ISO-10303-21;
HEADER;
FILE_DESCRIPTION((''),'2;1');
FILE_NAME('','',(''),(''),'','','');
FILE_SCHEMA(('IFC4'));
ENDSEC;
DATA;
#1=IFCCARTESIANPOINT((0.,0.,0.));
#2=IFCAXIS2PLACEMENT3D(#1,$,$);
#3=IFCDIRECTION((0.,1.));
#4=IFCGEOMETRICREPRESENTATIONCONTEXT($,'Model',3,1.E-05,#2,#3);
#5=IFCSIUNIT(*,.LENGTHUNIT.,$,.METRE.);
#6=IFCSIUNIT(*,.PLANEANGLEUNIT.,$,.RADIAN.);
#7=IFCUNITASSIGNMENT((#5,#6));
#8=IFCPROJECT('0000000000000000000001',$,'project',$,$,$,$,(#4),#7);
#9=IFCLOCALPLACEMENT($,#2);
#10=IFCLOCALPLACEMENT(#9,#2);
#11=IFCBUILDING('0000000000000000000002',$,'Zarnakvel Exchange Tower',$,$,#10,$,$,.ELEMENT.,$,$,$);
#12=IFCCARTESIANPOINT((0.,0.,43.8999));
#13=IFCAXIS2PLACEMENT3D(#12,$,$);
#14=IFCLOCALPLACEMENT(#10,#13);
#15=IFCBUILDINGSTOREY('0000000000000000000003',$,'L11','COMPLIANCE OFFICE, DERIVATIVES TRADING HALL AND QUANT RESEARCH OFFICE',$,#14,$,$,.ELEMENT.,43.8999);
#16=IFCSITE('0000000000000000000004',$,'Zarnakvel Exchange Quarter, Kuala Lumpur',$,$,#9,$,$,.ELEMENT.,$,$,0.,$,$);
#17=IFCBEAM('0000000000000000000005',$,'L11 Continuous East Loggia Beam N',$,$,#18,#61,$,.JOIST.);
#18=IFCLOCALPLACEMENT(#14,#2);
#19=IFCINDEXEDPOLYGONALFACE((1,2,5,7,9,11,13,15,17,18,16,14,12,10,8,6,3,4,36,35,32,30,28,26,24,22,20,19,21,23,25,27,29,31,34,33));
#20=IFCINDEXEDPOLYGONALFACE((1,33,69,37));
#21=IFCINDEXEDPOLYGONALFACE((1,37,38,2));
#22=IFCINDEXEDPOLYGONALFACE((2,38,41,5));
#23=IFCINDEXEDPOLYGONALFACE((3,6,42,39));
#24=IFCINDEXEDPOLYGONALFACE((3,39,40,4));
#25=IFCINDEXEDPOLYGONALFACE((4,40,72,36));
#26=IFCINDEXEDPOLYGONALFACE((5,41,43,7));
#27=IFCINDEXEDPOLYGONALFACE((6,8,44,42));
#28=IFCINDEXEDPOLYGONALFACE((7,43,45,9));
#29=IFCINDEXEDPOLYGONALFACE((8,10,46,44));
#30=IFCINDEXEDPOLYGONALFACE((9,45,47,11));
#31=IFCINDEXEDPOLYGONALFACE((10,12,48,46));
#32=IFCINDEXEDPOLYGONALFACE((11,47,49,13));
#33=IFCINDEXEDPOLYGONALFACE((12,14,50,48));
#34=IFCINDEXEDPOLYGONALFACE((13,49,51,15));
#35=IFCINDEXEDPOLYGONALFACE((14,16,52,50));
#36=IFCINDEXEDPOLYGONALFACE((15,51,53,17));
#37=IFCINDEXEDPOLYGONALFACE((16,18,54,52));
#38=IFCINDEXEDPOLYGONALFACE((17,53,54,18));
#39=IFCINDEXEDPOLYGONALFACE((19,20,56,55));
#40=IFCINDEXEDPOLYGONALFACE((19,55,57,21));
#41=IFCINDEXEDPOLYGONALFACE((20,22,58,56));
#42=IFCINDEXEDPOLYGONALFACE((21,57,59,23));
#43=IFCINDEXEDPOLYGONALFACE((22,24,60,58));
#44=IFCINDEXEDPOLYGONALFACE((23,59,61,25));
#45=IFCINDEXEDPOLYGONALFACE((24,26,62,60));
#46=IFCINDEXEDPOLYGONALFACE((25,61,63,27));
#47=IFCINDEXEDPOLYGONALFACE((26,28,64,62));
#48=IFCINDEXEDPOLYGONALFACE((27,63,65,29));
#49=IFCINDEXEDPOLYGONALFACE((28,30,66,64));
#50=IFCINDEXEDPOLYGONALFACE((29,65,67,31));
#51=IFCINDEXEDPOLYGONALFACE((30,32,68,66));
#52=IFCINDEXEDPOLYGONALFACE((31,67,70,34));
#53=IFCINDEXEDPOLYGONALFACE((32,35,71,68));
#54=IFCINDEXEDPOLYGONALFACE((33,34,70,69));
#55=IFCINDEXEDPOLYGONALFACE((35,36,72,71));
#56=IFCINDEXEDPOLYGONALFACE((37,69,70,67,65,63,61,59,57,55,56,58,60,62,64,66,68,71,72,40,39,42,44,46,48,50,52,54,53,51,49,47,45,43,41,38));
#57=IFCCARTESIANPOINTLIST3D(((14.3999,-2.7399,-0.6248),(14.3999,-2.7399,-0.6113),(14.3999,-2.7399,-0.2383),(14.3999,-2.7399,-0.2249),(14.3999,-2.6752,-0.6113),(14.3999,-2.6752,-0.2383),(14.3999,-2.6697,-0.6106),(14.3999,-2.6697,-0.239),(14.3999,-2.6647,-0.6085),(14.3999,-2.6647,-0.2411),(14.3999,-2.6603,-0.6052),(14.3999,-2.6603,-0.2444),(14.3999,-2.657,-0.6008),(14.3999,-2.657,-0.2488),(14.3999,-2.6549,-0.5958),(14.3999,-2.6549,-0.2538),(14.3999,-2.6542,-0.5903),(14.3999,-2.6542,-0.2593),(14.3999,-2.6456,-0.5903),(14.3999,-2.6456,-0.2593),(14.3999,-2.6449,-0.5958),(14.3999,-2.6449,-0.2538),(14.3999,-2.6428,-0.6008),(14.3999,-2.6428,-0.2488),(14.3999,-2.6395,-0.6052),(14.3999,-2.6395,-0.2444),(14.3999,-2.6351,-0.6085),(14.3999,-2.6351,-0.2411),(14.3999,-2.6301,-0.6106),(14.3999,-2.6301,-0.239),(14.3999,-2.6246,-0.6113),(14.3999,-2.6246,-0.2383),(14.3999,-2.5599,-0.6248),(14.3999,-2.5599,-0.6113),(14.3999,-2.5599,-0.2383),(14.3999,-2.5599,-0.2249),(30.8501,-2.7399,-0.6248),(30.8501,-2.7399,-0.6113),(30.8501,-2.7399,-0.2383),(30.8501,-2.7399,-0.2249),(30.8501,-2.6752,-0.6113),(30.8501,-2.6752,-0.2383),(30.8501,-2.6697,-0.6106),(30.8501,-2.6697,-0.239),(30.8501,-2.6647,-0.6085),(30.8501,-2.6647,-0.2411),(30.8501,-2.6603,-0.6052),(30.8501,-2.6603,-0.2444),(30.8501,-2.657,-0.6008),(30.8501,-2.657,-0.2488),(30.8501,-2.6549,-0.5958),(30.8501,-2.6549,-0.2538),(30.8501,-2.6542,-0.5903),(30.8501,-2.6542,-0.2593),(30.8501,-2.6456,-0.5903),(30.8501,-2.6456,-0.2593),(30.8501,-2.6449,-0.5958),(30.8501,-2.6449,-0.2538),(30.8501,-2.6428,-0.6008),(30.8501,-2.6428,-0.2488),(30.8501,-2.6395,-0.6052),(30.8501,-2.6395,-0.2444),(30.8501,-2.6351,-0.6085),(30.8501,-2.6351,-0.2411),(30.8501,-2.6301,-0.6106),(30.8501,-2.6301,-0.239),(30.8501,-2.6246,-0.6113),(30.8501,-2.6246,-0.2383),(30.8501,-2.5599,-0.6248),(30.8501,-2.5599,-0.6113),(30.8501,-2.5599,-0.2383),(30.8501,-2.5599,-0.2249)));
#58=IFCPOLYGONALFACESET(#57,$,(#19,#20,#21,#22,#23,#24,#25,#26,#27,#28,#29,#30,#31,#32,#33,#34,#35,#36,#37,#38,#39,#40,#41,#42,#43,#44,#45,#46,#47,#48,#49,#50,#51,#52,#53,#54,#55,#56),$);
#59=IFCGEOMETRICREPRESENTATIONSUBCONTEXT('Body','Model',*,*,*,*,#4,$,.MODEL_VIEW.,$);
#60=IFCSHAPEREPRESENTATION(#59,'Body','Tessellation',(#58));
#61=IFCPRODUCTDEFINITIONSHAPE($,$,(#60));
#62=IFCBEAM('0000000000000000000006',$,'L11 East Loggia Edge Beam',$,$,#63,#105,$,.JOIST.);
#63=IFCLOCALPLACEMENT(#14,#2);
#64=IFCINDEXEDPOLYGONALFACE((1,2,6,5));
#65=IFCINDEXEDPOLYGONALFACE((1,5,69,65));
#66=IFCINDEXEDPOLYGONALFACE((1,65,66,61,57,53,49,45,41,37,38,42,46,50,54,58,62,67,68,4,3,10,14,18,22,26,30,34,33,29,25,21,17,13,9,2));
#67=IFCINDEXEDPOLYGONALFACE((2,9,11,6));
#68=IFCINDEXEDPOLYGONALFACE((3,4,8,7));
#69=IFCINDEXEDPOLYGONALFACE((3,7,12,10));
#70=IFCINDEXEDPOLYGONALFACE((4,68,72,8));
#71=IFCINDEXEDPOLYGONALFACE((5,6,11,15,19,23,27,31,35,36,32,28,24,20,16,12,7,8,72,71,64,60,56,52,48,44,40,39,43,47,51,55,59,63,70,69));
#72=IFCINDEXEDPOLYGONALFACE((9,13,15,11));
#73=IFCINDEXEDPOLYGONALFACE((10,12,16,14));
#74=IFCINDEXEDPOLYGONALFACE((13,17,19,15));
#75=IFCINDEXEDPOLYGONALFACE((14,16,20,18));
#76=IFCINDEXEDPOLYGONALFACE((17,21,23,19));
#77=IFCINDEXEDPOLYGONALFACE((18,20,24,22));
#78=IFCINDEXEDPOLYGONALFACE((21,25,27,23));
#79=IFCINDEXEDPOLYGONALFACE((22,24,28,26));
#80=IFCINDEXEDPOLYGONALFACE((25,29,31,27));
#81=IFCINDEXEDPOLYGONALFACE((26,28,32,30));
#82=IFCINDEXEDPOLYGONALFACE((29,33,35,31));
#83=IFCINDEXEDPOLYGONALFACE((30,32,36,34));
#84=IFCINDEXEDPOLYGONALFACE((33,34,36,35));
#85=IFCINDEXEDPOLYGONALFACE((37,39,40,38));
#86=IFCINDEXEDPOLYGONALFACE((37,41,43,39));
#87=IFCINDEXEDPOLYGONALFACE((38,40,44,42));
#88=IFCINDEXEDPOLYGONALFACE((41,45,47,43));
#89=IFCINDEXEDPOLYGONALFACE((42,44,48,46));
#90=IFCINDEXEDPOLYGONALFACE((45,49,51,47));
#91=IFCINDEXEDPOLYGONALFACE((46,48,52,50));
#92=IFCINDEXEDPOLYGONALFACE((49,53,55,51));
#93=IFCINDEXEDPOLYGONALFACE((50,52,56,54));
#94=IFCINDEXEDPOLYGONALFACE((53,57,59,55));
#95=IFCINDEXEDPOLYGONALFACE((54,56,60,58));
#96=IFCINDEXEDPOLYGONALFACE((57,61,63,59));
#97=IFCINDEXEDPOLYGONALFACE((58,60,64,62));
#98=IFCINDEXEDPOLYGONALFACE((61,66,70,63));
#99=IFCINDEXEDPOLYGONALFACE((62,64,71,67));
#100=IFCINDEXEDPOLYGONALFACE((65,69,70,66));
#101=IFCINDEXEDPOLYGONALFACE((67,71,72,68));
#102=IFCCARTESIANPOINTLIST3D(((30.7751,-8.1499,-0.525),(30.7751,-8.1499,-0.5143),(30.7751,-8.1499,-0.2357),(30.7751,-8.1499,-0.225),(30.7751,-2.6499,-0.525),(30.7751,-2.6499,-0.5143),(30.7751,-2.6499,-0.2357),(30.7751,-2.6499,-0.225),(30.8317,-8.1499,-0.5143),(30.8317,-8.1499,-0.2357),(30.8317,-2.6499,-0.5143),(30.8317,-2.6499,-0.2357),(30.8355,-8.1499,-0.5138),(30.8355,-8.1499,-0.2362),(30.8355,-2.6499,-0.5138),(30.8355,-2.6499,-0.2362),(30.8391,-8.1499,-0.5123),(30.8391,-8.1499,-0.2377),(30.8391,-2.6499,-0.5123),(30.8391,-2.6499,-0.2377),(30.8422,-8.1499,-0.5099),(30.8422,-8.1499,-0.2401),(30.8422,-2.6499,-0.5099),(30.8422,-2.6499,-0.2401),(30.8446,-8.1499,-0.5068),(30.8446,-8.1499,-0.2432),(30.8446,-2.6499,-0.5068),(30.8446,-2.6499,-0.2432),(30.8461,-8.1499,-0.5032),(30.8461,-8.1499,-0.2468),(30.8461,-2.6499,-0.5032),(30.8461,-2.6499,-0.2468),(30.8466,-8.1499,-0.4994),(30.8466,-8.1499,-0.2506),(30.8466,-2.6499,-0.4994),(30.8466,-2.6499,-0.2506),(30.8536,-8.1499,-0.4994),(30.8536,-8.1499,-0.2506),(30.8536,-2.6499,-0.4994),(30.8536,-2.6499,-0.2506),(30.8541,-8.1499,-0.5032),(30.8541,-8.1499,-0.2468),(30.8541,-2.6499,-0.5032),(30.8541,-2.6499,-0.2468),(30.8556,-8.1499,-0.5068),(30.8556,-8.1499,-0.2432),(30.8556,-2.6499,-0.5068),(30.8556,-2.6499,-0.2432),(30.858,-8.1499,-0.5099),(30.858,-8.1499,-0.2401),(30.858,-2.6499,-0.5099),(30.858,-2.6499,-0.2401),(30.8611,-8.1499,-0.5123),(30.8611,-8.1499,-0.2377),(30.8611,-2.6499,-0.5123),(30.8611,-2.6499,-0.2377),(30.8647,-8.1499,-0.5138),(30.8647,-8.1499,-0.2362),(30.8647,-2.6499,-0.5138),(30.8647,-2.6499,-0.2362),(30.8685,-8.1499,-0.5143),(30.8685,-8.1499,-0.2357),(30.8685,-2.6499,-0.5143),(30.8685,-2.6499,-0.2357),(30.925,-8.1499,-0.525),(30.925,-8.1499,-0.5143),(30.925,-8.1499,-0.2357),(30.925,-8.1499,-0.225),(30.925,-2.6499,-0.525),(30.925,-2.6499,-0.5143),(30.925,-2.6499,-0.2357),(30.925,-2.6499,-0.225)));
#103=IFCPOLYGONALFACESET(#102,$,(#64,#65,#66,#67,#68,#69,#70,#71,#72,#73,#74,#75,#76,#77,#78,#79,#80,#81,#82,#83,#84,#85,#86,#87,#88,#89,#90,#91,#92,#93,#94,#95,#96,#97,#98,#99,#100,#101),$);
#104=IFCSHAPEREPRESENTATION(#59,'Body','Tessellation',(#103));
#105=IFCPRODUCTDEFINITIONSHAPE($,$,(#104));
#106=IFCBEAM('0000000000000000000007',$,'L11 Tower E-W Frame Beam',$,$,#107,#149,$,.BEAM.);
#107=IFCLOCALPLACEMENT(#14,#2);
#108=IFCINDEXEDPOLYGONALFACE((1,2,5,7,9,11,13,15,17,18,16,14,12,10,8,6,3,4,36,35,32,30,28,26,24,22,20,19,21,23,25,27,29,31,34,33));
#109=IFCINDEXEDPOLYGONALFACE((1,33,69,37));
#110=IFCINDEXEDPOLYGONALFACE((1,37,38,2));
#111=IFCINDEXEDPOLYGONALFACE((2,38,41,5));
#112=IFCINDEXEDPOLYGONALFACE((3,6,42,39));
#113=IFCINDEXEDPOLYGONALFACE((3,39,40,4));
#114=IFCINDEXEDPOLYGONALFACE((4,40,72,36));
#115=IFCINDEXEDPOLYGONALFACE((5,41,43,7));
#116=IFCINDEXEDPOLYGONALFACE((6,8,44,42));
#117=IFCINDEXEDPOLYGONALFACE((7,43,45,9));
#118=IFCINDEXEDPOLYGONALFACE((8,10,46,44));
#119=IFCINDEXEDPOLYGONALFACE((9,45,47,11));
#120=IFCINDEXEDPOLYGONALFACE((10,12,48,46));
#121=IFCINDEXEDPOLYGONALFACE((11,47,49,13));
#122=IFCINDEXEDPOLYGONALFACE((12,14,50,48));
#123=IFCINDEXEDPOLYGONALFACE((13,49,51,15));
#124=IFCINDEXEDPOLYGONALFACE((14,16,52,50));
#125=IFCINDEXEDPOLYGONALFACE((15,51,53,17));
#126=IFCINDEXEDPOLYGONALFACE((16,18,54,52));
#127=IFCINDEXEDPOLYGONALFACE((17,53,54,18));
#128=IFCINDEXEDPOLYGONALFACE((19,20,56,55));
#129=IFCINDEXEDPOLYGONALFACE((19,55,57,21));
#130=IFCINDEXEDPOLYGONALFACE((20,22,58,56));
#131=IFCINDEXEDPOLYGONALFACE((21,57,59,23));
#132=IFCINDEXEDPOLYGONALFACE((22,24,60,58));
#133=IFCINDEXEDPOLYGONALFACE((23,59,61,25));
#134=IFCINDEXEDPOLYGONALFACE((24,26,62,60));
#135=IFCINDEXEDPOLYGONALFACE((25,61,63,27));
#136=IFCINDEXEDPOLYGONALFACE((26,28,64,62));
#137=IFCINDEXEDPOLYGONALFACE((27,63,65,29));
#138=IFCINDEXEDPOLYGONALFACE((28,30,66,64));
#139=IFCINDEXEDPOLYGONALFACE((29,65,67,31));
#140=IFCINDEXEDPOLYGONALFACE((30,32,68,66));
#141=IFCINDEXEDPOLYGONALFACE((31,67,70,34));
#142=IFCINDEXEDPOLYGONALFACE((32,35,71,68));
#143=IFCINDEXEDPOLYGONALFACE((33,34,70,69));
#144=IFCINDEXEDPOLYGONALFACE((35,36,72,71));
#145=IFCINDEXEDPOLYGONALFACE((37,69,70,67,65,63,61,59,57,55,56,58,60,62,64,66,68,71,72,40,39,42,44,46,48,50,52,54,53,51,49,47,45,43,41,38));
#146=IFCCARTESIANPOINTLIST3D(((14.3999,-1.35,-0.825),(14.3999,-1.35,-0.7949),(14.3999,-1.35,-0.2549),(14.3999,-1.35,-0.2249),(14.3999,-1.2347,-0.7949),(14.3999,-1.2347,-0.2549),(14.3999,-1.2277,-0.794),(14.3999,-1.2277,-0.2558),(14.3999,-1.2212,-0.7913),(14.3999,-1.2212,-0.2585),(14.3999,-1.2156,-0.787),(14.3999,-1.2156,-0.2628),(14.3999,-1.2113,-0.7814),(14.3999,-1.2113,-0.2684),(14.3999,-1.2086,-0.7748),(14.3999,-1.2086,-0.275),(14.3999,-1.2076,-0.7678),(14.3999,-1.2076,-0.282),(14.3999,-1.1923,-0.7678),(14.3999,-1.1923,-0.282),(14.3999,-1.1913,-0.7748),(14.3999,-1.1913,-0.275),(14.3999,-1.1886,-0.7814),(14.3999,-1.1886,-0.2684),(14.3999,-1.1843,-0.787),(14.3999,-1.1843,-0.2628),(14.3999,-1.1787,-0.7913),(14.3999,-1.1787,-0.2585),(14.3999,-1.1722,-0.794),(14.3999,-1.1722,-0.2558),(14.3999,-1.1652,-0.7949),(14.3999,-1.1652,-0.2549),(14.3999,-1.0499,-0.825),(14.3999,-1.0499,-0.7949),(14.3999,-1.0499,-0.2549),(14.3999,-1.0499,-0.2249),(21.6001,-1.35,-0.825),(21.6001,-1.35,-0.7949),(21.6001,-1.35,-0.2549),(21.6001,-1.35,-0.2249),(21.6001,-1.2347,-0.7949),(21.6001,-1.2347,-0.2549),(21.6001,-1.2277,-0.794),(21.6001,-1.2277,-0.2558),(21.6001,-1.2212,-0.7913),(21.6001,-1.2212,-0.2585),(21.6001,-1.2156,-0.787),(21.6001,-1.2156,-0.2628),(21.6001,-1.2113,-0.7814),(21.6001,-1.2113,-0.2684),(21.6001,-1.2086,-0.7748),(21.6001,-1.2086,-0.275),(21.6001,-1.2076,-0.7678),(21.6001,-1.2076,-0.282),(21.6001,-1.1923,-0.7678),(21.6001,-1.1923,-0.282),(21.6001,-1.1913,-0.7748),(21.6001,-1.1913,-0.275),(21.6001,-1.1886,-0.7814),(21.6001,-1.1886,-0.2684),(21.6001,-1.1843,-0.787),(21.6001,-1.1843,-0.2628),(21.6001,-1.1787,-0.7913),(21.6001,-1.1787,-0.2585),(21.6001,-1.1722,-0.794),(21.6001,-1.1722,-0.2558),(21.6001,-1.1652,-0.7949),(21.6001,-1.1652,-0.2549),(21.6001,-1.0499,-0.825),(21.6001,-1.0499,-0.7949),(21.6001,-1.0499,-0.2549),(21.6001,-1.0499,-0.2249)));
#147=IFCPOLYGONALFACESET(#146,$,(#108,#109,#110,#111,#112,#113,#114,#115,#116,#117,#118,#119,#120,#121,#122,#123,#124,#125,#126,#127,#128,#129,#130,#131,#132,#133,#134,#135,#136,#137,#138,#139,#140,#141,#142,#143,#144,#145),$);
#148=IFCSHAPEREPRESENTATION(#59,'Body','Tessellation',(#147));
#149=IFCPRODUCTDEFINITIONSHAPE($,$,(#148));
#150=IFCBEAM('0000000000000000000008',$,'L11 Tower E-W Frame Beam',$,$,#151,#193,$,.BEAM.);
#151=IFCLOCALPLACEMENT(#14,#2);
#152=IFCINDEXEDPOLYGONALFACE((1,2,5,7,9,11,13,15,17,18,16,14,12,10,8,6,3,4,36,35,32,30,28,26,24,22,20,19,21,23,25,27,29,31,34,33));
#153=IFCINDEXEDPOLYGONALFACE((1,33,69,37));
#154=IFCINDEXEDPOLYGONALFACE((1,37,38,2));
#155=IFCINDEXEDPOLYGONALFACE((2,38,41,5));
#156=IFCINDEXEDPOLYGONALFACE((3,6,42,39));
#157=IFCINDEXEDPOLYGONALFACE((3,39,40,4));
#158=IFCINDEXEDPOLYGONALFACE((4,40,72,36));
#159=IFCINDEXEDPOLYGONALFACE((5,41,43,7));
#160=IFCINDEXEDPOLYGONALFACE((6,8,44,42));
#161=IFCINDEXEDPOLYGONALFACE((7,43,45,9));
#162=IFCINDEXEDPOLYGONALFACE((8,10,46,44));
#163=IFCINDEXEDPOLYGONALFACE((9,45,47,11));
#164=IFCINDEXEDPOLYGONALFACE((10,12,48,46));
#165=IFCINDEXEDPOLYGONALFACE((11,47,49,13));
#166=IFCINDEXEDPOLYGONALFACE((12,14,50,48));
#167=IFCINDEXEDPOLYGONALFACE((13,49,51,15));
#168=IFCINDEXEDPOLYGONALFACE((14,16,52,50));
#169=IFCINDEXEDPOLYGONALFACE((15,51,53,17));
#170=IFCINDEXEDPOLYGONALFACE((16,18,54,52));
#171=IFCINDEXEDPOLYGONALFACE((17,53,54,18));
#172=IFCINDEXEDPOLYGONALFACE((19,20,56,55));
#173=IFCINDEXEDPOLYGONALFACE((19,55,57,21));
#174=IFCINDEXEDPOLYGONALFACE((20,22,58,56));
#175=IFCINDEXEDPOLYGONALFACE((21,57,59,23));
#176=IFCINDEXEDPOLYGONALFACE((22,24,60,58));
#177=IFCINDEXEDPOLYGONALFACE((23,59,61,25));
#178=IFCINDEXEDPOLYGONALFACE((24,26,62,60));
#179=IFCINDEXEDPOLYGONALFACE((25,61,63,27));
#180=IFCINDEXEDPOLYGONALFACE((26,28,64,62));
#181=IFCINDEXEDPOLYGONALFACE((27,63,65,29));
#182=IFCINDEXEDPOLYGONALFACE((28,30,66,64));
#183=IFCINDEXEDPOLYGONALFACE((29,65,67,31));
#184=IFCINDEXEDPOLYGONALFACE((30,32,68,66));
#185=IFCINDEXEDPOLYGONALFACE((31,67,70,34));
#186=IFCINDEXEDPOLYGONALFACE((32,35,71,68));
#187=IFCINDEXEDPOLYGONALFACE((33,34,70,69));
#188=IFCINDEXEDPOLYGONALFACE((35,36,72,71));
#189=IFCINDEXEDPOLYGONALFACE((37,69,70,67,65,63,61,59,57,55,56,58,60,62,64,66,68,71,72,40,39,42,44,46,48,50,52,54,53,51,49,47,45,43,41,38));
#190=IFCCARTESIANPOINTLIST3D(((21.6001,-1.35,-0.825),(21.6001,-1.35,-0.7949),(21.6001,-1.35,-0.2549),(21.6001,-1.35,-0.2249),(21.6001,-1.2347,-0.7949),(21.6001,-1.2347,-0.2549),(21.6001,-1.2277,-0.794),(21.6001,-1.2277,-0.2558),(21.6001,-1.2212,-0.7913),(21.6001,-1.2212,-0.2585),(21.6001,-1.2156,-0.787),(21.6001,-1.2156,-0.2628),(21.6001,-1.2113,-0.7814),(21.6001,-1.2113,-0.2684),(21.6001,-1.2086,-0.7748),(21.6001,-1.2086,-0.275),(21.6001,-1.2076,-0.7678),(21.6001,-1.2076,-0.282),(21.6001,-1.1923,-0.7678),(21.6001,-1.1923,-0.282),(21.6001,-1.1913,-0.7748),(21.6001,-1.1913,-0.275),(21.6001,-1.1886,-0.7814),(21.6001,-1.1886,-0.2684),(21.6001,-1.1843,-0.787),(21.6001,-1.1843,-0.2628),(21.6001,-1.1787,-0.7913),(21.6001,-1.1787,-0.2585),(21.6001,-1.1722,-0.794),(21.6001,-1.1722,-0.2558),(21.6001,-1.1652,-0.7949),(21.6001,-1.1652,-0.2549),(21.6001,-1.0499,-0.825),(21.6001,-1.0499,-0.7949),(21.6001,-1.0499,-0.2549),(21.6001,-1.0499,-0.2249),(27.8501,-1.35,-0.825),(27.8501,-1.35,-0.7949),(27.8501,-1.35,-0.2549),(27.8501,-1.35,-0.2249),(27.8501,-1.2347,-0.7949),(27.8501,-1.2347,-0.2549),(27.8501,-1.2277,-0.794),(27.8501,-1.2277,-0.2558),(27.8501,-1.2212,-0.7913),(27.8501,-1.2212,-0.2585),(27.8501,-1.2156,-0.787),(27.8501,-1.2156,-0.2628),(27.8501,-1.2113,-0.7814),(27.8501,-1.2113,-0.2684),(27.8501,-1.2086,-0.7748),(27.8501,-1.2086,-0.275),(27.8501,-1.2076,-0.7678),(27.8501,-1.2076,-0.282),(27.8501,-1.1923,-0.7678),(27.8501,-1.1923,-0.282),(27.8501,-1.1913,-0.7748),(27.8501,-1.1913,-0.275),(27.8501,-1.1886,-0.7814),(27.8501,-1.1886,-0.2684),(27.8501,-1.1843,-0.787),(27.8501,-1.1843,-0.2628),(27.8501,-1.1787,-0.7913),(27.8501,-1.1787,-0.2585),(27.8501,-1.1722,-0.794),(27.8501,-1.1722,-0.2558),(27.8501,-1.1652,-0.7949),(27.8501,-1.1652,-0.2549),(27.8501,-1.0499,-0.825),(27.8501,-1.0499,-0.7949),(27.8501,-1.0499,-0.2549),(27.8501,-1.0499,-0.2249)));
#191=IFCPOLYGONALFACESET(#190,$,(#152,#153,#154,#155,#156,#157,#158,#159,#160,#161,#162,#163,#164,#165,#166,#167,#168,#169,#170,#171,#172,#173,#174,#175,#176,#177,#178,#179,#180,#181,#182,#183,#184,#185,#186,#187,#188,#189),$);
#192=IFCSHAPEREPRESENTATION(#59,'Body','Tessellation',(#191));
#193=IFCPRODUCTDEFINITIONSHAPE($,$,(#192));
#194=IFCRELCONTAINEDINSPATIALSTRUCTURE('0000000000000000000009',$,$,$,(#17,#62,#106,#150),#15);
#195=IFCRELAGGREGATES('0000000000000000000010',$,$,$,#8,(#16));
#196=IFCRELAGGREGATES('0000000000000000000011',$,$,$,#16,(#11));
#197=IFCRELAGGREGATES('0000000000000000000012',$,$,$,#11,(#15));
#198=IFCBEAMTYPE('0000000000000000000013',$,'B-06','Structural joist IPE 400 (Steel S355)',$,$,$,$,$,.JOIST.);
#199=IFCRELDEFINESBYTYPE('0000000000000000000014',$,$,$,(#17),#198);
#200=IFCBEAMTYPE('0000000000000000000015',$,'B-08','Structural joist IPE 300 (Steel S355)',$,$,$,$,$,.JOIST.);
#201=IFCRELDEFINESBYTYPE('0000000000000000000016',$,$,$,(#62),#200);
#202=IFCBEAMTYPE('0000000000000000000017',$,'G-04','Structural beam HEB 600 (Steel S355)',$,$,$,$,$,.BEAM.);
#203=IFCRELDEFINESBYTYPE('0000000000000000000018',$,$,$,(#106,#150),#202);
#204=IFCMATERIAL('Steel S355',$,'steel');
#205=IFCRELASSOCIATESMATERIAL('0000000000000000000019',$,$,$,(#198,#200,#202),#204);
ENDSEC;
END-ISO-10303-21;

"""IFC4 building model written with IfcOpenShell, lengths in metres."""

from ifc_helpers import new_model, si_unit, direction, frame, origin, origin_2d, place, context, subcontext, project, spatial, i_section, extrude, material, material_profile, profile_set, type_object, element, save


model = new_model("IFC4")

# Units and contexts
model_context = context("Model", 3, precision=1e-05, world=origin(), true_north=direction((0.0, 1.0)))
body_context = subcontext(model_context, "Body", "Model", "MODEL_VIEW")
ifc_project = project(units=[si_unit("LENGTHUNIT", "METRE"), si_unit("PLANEANGLEUNIT", "RADIAN")], contexts=[model_context])

# Site, building, storey
site_placement = place(None, origin())
site = spatial("IfcSite", under=ifc_project, at=site_placement, Name="Zarnakvel Exchange Quarter, Kuala Lumpur", CompositionType="ELEMENT", RefElevation=0.0)
building_placement = place(site_placement, origin())
building = spatial("IfcBuilding", under=site, at=building_placement, Name="Zarnakvel Exchange Tower", CompositionType="ELEMENT")
storey_placement = place(building_placement, frame((0.0, 0.0, 43.8999)))
storey = spatial("IfcBuildingStorey", under=building, at=storey_placement, Name="L11", Description="COMPLIANCE OFFICE, DERIVATIVES TRADING HALL AND QUANT RESEARCH OFFICE", CompositionType="ELEMENT", Elevation=43.8999)

# Shared definitions
ifc_material_1 = material(Name="Steel S355", Category="steel")

# Beams
ifc_material_profile_1 = material_profile(ifc_material_1, i_section(OverallWidth=0.1799, OverallDepth=0.3999, WebThickness=0.0085, FlangeThickness=0.0134, FilletRadius=0.021, at=origin_2d()))
ifc_profile_set_1 = profile_set([ifc_material_profile_1], Name="Steel S355")
beam_type_1 = type_object("IfcBeamType", Name="B-06", Description="Structural joist IPE 400 (Steel S355)", PredefinedType="JOIST", material=ifc_profile_set_1)
beam_1_placement = place(storey_placement, frame((14.3999, -2.6499, -0.4248), z_axis=(1.0, 0.0, 0.0), x_axis=(0.0, 1.0, 0.0)))
element("IfcBeam", 1, at=beam_1_placement, inside=storey, type_object=beam_type_1, Name="L11 Continuous East Loggia Beam N", PredefinedType="JOIST", context=body_context, shape_type="SweptSolid", body=[
    extrude(i_section(OverallWidth=0.1799, OverallDepth=0.3999, WebThickness=0.0085, FlangeThickness=0.0134, FilletRadius=0.021, at=origin_2d()), origin(), (0.0, 0.0, 1.0), 16.4502),
])
ifc_material_profile_2 = material_profile(ifc_material_1, i_section(OverallWidth=0.1499, OverallDepth=0.3, WebThickness=0.0071, FlangeThickness=0.0107, FilletRadius=0.0149, at=origin_2d()))
ifc_profile_set_2 = profile_set([ifc_material_profile_2], Name="Steel S355")
beam_type_2 = type_object("IfcBeamType", Name="B-08", Description="Structural joist IPE 300 (Steel S355)", PredefinedType="JOIST", material=ifc_profile_set_2)
beam_2_placement = place(storey_placement, frame((30.8501, -8.1499, -0.375), z_axis=(0.0, 1.0, 0.0), x_axis=(-1.0, 0.0, 0.0)))
element("IfcBeam", 2, at=beam_2_placement, inside=storey, type_object=beam_type_2, Name="L11 East Loggia Edge Beam", PredefinedType="JOIST", context=body_context, shape_type="SweptSolid", body=[
    extrude(i_section(OverallWidth=0.1499, OverallDepth=0.3, WebThickness=0.0071, FlangeThickness=0.0107, FilletRadius=0.0149, at=origin_2d()), origin(), (0.0, 0.0, 1.0), 5.5),
])
ifc_material_profile_3 = material_profile(ifc_material_1, i_section(OverallWidth=0.3, OverallDepth=0.6001, WebThickness=0.0154, FlangeThickness=0.03, FilletRadius=0.0271, at=origin_2d()))
ifc_profile_set_3 = profile_set([ifc_material_profile_3], Name="Steel S355")
beam_type_3 = type_object("IfcBeamType", Name="G-04", Description="Structural beam HEB 600 (Steel S355)", PredefinedType="BEAM", material=ifc_profile_set_3)
beam_3_placement = place(storey_placement, frame((14.3999, -1.2, -0.5249), z_axis=(1.0, 0.0, 0.0), x_axis=(0.0, 1.0, 0.0)))
element("IfcBeam", 3, at=beam_3_placement, inside=storey, type_object=beam_type_3, Name="L11 Tower E-W Frame Beam", PredefinedType="BEAM", context=body_context, shape_type="SweptSolid", body=[
    extrude(i_section(OverallWidth=0.3, OverallDepth=0.6001, WebThickness=0.0154, FlangeThickness=0.03, FilletRadius=0.0271, at=origin_2d()), origin(), (0.0, 0.0, 1.0), 7.2002),
])
beam_4_placement = place(storey_placement, frame((21.6001, -1.2, -0.5249), z_axis=(1.0, 0.0, 0.0), x_axis=(0.0, 1.0, 0.0)))
element("IfcBeam", 4, at=beam_4_placement, inside=storey, type_object=beam_type_3, Name="L11 Tower E-W Frame Beam", PredefinedType="BEAM", context=body_context, shape_type="SweptSolid", body=[
    extrude(i_section(OverallWidth=0.3, OverallDepth=0.6001, WebThickness=0.0154, FlangeThickness=0.03, FilletRadius=0.0271, at=origin_2d()), origin(), (0.0, 0.0, 1.0), 6.25),
])

save(model, "model.ifc")
